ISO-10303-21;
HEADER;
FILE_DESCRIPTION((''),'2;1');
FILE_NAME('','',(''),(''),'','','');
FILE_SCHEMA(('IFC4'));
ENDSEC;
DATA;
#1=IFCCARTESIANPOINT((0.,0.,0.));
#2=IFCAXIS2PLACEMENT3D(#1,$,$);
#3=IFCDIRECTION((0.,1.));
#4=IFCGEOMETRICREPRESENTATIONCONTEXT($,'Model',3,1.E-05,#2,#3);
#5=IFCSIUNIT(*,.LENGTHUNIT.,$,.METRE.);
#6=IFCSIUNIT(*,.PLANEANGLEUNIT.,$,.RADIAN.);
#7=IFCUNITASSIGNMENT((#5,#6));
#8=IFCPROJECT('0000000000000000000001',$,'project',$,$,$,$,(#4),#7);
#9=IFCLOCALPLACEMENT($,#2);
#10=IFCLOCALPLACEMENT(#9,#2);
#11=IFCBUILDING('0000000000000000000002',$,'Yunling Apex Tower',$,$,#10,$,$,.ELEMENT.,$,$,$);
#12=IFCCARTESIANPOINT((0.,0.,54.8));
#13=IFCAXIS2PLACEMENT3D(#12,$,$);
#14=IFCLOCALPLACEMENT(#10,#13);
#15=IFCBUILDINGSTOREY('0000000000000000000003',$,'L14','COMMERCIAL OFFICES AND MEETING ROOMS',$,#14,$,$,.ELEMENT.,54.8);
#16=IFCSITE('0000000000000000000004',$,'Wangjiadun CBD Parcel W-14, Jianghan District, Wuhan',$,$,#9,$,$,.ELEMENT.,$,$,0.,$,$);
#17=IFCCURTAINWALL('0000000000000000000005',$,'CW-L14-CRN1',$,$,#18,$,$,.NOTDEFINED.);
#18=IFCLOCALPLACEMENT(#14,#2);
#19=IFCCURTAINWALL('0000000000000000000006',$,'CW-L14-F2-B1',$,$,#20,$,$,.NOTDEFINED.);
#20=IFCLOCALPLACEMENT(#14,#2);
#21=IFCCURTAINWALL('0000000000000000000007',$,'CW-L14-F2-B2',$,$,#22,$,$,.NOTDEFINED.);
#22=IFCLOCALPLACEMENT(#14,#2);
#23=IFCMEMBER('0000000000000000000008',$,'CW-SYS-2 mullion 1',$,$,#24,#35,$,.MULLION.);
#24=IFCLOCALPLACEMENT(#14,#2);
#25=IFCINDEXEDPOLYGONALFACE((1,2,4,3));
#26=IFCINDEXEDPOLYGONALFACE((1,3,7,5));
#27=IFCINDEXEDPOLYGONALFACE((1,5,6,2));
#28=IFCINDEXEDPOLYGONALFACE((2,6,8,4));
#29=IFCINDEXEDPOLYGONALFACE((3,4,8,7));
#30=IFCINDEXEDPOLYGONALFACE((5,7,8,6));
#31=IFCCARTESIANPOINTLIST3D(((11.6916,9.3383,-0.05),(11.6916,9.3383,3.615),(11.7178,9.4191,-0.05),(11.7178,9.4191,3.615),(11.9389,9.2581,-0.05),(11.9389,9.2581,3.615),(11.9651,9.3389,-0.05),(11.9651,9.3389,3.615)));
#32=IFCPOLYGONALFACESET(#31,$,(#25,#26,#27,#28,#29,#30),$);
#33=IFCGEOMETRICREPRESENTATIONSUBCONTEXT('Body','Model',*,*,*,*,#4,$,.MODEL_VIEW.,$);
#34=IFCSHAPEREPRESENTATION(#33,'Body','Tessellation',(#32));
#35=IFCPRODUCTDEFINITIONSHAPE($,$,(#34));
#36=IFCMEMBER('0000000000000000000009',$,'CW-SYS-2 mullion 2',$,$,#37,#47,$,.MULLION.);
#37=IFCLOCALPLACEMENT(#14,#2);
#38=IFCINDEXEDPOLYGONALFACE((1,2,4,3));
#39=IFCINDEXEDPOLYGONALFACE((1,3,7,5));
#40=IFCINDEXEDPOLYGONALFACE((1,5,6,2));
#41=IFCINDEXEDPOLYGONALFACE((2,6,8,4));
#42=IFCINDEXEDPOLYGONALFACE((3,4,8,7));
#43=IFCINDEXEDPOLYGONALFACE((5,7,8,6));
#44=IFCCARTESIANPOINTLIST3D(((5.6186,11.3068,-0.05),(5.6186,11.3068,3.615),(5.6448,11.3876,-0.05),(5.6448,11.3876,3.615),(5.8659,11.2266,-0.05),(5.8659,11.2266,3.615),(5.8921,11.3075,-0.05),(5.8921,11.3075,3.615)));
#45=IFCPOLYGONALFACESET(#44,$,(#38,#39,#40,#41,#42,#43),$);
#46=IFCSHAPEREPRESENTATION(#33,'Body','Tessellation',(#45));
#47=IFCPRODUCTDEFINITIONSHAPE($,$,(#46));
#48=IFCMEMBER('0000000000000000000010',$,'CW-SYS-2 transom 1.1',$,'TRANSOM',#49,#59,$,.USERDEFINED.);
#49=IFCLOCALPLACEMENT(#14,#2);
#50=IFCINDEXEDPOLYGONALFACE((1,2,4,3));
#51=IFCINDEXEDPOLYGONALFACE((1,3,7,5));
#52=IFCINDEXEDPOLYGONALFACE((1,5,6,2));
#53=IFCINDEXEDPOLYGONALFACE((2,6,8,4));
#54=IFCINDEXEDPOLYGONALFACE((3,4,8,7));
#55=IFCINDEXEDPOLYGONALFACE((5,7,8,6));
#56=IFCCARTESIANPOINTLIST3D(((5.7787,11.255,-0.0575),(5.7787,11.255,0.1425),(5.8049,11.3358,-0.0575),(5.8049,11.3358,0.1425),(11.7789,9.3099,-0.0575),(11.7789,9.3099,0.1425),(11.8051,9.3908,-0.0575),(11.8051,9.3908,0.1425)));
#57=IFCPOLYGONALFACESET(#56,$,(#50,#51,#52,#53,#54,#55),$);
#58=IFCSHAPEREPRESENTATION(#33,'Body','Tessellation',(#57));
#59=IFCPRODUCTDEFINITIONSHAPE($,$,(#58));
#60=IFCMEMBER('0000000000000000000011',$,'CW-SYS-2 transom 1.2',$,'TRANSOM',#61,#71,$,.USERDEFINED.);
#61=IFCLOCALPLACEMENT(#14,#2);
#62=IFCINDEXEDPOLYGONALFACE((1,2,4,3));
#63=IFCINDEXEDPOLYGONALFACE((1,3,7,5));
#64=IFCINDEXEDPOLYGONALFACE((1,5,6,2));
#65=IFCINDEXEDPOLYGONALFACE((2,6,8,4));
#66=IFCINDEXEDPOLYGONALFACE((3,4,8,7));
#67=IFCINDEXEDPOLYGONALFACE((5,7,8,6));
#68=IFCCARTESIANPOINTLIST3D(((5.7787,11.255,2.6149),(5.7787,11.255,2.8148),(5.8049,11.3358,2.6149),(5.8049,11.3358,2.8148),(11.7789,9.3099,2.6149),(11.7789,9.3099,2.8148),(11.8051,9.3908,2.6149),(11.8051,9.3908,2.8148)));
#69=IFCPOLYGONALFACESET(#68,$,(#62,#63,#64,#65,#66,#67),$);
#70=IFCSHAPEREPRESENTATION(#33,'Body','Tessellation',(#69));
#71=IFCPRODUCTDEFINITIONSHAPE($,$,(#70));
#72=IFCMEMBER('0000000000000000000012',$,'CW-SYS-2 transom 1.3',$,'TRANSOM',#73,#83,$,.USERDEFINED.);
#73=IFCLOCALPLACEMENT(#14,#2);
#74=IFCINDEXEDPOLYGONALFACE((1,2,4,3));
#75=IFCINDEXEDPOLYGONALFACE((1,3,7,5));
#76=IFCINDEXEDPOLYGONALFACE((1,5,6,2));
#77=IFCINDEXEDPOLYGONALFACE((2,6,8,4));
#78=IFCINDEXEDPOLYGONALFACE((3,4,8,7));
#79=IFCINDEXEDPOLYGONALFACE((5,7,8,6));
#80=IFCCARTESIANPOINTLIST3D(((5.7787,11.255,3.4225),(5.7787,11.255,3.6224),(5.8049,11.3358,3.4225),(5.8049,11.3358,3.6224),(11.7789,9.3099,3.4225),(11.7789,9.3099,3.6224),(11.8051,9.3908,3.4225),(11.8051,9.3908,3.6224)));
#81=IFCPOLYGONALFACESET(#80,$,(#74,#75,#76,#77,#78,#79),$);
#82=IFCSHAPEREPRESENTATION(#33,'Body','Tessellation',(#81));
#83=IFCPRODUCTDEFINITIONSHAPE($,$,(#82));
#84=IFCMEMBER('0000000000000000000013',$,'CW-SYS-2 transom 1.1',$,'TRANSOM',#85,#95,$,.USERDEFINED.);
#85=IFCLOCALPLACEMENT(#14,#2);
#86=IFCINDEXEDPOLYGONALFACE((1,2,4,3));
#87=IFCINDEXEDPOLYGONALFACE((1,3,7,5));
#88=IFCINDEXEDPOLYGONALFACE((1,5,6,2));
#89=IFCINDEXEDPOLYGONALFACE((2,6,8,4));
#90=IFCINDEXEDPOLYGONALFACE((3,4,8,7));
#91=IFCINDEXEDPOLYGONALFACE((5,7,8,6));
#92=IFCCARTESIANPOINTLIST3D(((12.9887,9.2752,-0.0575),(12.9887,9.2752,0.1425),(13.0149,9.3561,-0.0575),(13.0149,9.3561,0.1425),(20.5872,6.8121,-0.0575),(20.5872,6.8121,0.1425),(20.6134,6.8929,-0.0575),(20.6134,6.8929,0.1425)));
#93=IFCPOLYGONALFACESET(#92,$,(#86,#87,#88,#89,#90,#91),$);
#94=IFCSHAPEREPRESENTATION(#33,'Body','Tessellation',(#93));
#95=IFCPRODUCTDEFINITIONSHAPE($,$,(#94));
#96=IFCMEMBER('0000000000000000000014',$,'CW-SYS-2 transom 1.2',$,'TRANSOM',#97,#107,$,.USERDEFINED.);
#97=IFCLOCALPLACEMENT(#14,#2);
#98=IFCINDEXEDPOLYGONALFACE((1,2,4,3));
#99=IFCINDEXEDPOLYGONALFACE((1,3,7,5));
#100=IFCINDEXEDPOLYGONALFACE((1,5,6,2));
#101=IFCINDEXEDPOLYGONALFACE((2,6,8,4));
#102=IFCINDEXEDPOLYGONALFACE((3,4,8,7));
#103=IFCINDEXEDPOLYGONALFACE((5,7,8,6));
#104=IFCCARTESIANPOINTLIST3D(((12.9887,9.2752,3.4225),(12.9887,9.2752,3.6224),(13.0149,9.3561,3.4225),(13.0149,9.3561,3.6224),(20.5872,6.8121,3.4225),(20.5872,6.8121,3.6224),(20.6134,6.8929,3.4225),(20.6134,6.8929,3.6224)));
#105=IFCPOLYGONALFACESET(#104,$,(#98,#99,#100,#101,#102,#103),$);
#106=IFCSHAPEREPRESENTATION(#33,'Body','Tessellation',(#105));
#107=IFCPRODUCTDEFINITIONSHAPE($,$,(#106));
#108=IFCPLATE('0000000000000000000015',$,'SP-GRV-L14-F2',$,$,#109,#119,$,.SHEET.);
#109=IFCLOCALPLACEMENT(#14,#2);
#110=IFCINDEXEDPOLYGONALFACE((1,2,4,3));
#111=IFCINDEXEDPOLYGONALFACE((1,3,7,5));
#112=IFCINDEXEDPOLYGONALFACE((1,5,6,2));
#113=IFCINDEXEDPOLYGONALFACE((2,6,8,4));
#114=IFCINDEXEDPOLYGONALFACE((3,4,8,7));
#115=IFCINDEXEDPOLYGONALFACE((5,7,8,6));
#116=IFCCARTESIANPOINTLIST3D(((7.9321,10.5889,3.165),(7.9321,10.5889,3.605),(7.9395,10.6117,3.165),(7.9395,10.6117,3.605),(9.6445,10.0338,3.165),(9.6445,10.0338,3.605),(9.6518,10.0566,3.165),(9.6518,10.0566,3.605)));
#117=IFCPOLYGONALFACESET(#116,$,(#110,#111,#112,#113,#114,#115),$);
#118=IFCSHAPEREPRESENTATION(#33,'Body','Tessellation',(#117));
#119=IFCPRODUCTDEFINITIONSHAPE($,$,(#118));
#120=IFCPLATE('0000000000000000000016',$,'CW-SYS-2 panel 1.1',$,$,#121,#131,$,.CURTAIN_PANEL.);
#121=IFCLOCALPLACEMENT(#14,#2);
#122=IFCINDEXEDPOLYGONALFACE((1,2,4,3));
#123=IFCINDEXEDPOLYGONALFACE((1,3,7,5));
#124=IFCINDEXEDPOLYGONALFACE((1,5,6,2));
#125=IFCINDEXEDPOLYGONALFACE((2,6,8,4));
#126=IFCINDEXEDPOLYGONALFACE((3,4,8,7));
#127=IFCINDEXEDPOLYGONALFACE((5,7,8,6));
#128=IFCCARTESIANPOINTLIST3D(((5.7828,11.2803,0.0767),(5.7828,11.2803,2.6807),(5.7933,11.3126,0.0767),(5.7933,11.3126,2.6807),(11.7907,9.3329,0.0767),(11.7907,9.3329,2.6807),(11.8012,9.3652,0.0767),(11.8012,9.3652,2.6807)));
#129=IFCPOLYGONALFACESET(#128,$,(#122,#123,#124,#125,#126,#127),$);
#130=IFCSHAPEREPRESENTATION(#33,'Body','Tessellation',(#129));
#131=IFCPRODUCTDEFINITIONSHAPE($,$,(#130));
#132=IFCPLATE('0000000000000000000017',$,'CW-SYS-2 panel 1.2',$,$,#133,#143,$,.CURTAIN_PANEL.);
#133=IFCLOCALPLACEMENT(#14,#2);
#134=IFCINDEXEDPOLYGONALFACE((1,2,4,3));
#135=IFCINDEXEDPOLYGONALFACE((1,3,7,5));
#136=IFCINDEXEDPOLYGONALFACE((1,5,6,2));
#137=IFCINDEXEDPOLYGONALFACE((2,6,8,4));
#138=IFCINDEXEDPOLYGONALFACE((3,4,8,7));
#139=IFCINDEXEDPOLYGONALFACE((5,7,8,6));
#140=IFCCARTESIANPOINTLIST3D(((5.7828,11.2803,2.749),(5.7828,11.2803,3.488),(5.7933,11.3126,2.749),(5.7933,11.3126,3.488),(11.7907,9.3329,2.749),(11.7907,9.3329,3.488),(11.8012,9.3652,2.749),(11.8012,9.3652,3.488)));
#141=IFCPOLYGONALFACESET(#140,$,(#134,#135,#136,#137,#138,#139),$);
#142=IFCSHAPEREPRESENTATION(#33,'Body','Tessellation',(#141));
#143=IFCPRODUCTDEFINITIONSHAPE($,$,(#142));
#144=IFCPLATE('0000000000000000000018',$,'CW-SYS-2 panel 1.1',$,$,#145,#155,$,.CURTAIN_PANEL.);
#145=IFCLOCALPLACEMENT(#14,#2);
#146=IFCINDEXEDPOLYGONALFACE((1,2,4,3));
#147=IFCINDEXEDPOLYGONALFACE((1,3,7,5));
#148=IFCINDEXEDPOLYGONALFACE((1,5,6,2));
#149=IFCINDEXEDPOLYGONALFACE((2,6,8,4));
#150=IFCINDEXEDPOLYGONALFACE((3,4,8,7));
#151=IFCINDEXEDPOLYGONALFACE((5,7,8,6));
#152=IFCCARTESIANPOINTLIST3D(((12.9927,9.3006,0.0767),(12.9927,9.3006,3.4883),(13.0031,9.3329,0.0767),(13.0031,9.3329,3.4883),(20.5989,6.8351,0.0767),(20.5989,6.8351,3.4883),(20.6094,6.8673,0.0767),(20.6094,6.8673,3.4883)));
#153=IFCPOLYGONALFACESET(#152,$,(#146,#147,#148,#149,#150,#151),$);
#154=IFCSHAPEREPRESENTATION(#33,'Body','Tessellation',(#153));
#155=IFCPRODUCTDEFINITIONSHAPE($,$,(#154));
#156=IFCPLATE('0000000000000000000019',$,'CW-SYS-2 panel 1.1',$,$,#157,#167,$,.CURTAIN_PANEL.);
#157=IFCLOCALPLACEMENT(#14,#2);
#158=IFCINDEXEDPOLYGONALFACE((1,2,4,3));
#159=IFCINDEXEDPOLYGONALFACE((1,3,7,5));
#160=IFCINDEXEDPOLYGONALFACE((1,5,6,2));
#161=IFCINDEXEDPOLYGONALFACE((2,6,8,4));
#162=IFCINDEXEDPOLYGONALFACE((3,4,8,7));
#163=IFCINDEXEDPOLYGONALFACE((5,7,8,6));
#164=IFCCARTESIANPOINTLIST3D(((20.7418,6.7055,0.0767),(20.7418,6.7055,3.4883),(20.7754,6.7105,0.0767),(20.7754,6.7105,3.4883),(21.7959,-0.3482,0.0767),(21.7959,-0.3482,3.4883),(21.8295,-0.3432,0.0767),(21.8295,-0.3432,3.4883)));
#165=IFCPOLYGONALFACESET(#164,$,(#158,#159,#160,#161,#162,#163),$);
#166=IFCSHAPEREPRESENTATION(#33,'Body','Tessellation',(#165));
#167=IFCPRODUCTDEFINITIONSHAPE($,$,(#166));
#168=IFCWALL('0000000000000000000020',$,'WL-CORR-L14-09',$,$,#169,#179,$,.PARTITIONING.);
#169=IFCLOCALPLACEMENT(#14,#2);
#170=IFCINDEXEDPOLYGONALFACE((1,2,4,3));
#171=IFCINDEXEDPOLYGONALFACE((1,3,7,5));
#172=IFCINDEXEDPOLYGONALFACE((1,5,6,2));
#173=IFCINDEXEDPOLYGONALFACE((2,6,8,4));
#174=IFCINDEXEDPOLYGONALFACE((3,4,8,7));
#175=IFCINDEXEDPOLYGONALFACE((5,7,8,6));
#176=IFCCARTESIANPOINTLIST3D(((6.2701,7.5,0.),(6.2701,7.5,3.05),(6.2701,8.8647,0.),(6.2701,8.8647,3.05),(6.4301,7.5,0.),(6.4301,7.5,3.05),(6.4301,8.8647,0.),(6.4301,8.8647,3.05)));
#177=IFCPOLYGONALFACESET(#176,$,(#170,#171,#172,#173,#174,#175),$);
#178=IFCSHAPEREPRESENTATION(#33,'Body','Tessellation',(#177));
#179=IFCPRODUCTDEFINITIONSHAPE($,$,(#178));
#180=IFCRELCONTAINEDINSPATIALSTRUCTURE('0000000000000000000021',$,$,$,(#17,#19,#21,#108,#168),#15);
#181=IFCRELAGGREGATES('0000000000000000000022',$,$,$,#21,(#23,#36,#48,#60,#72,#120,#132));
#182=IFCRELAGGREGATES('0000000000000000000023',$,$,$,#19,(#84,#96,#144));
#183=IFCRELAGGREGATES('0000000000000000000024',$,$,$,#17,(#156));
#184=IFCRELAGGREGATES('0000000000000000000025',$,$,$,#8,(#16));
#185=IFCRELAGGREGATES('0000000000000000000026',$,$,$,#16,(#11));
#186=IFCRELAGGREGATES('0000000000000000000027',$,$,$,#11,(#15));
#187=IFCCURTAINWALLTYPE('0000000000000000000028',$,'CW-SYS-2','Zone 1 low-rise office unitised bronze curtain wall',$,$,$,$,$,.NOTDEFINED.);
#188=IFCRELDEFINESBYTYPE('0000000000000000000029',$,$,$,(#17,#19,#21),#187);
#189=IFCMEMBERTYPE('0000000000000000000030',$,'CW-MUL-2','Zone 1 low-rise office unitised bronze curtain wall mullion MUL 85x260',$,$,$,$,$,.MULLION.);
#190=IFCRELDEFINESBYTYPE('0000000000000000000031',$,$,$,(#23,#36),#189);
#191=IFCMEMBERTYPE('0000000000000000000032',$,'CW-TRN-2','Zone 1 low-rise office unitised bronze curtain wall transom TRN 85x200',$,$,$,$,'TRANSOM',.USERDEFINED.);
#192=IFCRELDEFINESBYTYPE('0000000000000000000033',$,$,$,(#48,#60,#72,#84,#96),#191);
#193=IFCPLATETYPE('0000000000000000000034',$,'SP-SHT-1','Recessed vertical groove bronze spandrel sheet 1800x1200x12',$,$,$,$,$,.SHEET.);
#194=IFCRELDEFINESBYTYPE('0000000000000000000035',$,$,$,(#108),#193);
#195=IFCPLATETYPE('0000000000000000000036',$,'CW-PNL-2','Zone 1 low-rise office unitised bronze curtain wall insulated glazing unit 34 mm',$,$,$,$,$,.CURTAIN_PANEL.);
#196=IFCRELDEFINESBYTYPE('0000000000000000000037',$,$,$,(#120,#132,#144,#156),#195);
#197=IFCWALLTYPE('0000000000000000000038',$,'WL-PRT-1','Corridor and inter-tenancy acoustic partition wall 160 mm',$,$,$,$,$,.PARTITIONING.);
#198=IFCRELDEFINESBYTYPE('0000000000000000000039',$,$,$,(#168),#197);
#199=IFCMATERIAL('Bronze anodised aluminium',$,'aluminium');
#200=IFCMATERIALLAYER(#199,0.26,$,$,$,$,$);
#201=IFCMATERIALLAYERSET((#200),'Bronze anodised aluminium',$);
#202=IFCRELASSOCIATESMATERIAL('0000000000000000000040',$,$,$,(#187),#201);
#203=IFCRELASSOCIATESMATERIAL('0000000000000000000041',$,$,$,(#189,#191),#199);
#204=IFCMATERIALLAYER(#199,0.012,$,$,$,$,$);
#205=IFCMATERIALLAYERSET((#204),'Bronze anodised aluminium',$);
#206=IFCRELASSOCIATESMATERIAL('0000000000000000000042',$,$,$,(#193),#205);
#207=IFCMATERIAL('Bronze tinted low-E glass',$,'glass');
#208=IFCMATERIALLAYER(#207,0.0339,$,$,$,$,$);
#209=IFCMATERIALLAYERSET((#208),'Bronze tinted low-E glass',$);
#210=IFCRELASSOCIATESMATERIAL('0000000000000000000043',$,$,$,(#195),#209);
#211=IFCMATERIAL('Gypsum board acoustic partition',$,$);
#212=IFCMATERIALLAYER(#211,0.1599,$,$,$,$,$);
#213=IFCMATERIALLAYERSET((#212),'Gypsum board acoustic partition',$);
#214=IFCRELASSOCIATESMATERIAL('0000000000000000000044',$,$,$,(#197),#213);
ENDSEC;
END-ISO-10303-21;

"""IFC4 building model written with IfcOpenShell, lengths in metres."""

from ifc_helpers import new_model, si_unit, direction, frame, frame_2d, origin, origin_2d, place, context, subcontext, project, spatial, rectangle, extrude, source, transform, mapped, material, layer, layer_set, material_profile, profile_set, type_object, element, aggregate, save


model = new_model("IFC4")

# Units and contexts
model_context = context("Model", 3, precision=1e-05, world=origin(), true_north=direction((0.0, 1.0)))
body_context = subcontext(model_context, "Body", "Model", "MODEL_VIEW")
ifc_project = project(units=[si_unit("LENGTHUNIT", "METRE"), si_unit("PLANEANGLEUNIT", "RADIAN")], contexts=[model_context])

# Site, building, storey
site_placement = place(None, origin())
site = spatial("IfcSite", under=ifc_project, at=site_placement, Name="Wangjiadun CBD Parcel W-14, Jianghan District, Wuhan", CompositionType="ELEMENT", RefElevation=0.0)
building_placement = place(site_placement, origin())
building = spatial("IfcBuilding", under=site, at=building_placement, Name="Yunling Apex Tower", CompositionType="ELEMENT")
storey_placement = place(building_placement, frame((0.0, 0.0, 54.8)))
storey = spatial("IfcBuildingStorey", under=building, at=storey_placement, Name="L14", Description="COMMERCIAL OFFICES AND MEETING ROOMS", CompositionType="ELEMENT", Elevation=54.8)

# Curtain wall
ifc_material_1 = material(Name="Bronze anodised aluminium", Category="aluminium")
ifc_layer_1 = layer(ifc_material_1, 0.26)
ifc_layer_set_1 = layer_set([ifc_layer_1], Name="Bronze anodised aluminium")
curtain_wall_type = type_object("IfcCurtainWallType", Name="CW-SYS-2", Description="Zone 1 low-rise office unitised bronze curtain wall", PredefinedType="NOTDEFINED", material=ifc_layer_set_1)
curtain_wall_1_placement = place(storey_placement, origin())
curtain_wall_1 = element("IfcCurtainWall", 1, at=curtain_wall_1_placement, inside=storey, type_object=curtain_wall_type, Name="CW-L14-CRN1", PredefinedType="NOTDEFINED")
ifc_material_profile_1 = material_profile(ifc_material_1, rectangle(XDim=0.085, YDim=0.26, at=origin_2d()))
ifc_profile_set_1 = profile_set([ifc_material_profile_1], Name="Bronze anodised aluminium")
member_type_1 = type_object("IfcMemberType", Name="CW-MUL-2", Description="Zone 1 low-rise office unitised bronze curtain wall mullion MUL 85x260", PredefinedType="MULLION", material=ifc_profile_set_1)
shared_shape_1 = source(origin(), body_context, "Body", "SweptSolid", [
    extrude(rectangle(XDim=0.085, YDim=0.26, at=origin_2d()), origin(), (0.0, 0.0, 1.0), 3.665),
])

# Curtain walls, members
curtain_wall_2_placement = place(storey_placement, origin())
curtain_wall_2 = element("IfcCurtainWall", 2, at=curtain_wall_2_placement, inside=storey, type_object=curtain_wall_type, Name="CW-L14-F2-B1", PredefinedType="NOTDEFINED")
curtain_wall_3_placement = place(storey_placement, origin())
curtain_wall_3 = element("IfcCurtainWall", 3, at=curtain_wall_3_placement, inside=storey, type_object=curtain_wall_type, Name="CW-L14-F2-B2", PredefinedType="NOTDEFINED")
member_1_placement = place(storey_placement, frame((11.8284, 9.3386, -0.05), z_axis=(0.0, 0.0, 1.0), x_axis=(-0.308352, -0.951272, 0.0)))
member_1 = element("IfcMember", 4, at=member_1_placement, type_object=member_type_1, Name="CW-SYS-2 mullion 1", PredefinedType="MULLION", context=body_context, shape_type="MappedRepresentation", body=[
    mapped(shared_shape_1, transform((0.0, 0.0, 0.0), scale=1.0)),
])
member_2_placement = place(storey_placement, frame((5.7554, 11.3071, -0.05), z_axis=(0.0, 0.0, 1.0), x_axis=(-0.308352, -0.951272, 0.0)))
member_2 = element("IfcMember", 5, at=member_2_placement, type_object=member_type_1, Name="CW-SYS-2 mullion 2", PredefinedType="MULLION", context=body_context, shape_type="MappedRepresentation", body=[
    mapped(shared_shape_1, transform((0.0, 0.0, 0.0), scale=1.0)),
])
ifc_material_profile_2 = material_profile(ifc_material_1, rectangle(XDim=0.085, YDim=0.2, at=origin_2d()))
ifc_profile_set_2 = profile_set([ifc_material_profile_2], Name="Bronze anodised aluminium")
member_type_2 = type_object("IfcMemberType", Name="CW-TRN-2", Description="Zone 1 low-rise office unitised bronze curtain wall transom TRN 85x200", ElementType="TRANSOM", PredefinedType="USERDEFINED", material=ifc_profile_set_2)
shared_shape_2 = source(origin(), body_context, "Body", "SweptSolid", [
    extrude(rectangle(XDim=0.085, YDim=0.2, at=origin_2d()), origin(), (0.0, 0.0, 1.0), 6.3076),
])
member_3_placement = place(storey_placement, frame((11.792, 9.3503, 0.0425), z_axis=(-0.951267, 0.308367, 0.0), x_axis=(-0.308367, -0.951267, 0.0)))
member_3 = element("IfcMember", 6, at=member_3_placement, type_object=member_type_2, Name="CW-SYS-2 transom 1.1", ObjectType="TRANSOM", PredefinedType="USERDEFINED", context=body_context, shape_type="MappedRepresentation", body=[
    mapped(shared_shape_2, transform((0.0, 0.0, 0.0), scale=1.0)),
])
member_4_placement = place(storey_placement, frame((11.792, 9.3503, 2.7148), z_axis=(-0.951267, 0.308367, 0.0), x_axis=(-0.308367, -0.951267, 0.0)))
member_4 = element("IfcMember", 7, at=member_4_placement, type_object=member_type_2, Name="CW-SYS-2 transom 1.2", ObjectType="TRANSOM", PredefinedType="USERDEFINED", context=body_context, shape_type="MappedRepresentation", body=[
    mapped(shared_shape_2, transform((0.0, 0.0, 0.0), scale=1.0)),
])
member_5_placement = place(storey_placement, frame((11.792, 9.3503, 3.5225), z_axis=(-0.951267, 0.308367, 0.0), x_axis=(-0.308367, -0.951267, 0.0)))
member_5 = element("IfcMember", 8, at=member_5_placement, type_object=member_type_2, Name="CW-SYS-2 transom 1.3", ObjectType="TRANSOM", PredefinedType="USERDEFINED", context=body_context, shape_type="MappedRepresentation", body=[
    mapped(shared_shape_2, transform((0.0, 0.0, 0.0), scale=1.0)),
])

# Members
shared_shape_3 = source(origin(), body_context, "Body", "SweptSolid", [
    extrude(rectangle(XDim=0.085, YDim=0.2, at=origin_2d()), origin(), (0.0, 0.0, 1.0), 7.9878),
])
member_6_placement = place(storey_placement, frame((20.6003, 6.8525, 0.0425), z_axis=(-0.95127, 0.308359, 0.0), x_axis=(-0.308359, -0.95127, 0.0)))
member_6 = element("IfcMember", 9, at=member_6_placement, type_object=member_type_2, Name="CW-SYS-2 transom 1.1", ObjectType="TRANSOM", PredefinedType="USERDEFINED", context=body_context, shape_type="MappedRepresentation", body=[
    mapped(shared_shape_3, transform((0.0, 0.0, 0.0), scale=1.0)),
])
member_7_placement = place(storey_placement, frame((20.6003, 6.8525, 3.5225), z_axis=(-0.95127, 0.308359, 0.0), x_axis=(-0.308359, -0.95127, 0.0)))
member_7 = element("IfcMember", 10, at=member_7_placement, type_object=member_type_2, Name="CW-SYS-2 transom 1.2", ObjectType="TRANSOM", PredefinedType="USERDEFINED", context=body_context, shape_type="MappedRepresentation", body=[
    mapped(shared_shape_3, transform((0.0, 0.0, 0.0), scale=1.0)),
])

# Plates
ifc_layer_2 = layer(ifc_material_1, 0.012)
ifc_layer_set_2 = layer_set([ifc_layer_2], Name="Bronze anodised aluminium")
plate_type_1 = type_object("IfcPlateType", Name="SP-SHT-1", Description="Recessed vertical groove bronze spandrel sheet 1800x1200x12", PredefinedType="SHEET", material=ifc_layer_set_2)
shared_shape_4 = source(origin(), body_context, "Body", "SweptSolid", [
    extrude(rectangle(XDim=1.8, YDim=0.0239, at=origin_2d()), origin(), (0.0, 0.0, 1.0), 0.4399),
])
plate_1_placement = place(storey_placement, frame((8.792, 10.3228, 3.165), z_axis=(0.0, 0.0, 1.0), x_axis=(-0.951272, 0.308353, 0.0)))
element("IfcPlate", 11, at=plate_1_placement, inside=storey, type_object=plate_type_1, Name="SP-GRV-L14-F2", PredefinedType="SHEET", context=body_context, shape_type="MappedRepresentation", body=[
    mapped(shared_shape_4, transform((0.0, 0.0, 0.0), scale=1.0)),
])
ifc_material_2 = material(Name="Bronze tinted low-E glass", Category="glass")
ifc_layer_3 = layer(ifc_material_2, 0.0339)
ifc_layer_set_3 = layer_set([ifc_layer_3], Name="Bronze tinted low-E glass")
plate_type_2 = type_object("IfcPlateType", Name="CW-PNL-2", Description="Zone 1 low-rise office unitised bronze curtain wall insulated glazing unit 34 mm", PredefinedType="CURTAIN_PANEL", material=ifc_layer_set_3)
shared_shape_5 = source(origin(), body_context, "Body", "SweptSolid", [
    extrude(rectangle(XDim=6.3157, YDim=0.0339, at=origin_2d()), origin(), (0.0, 0.0, 1.0), 2.604),
])
plate_2_placement = place(storey_placement, frame((8.792, 10.3228, 0.0767), z_axis=(0.0, 0.0, 1.0), x_axis=(-0.951272, 0.308352, 0.0)))
plate_2 = element("IfcPlate", 12, at=plate_2_placement, type_object=plate_type_2, Name="CW-SYS-2 panel 1.1", PredefinedType="CURTAIN_PANEL", context=body_context, shape_type="MappedRepresentation", body=[
    mapped(shared_shape_5, transform((0.0, 0.0, 0.0), scale=1.0)),
])
shared_shape_6 = source(origin(), body_context, "Body", "SweptSolid", [
    extrude(rectangle(XDim=6.3157, YDim=0.0339, at=origin_2d()), origin(), (0.0, 0.0, 1.0), 0.739),
])
plate_3_placement = place(storey_placement, frame((8.792, 10.3228, 2.749), z_axis=(0.0, 0.0, 1.0), x_axis=(-0.951272, 0.308352, 0.0)))
plate_3 = element("IfcPlate", 13, at=plate_3_placement, type_object=plate_type_2, Name="CW-SYS-2 panel 1.2", PredefinedType="CURTAIN_PANEL", context=body_context, shape_type="MappedRepresentation", body=[
    mapped(shared_shape_6, transform((0.0, 0.0, 0.0), scale=1.0)),
])
aggregate(curtain_wall_3, [member_1, member_2, member_3, member_4, member_5, plate_2, plate_3])
shared_shape_7 = source(origin(), body_context, "Body", "SweptSolid", [
    extrude(rectangle(XDim=7.9958, YDim=0.0339, at=origin_2d()), origin(), (0.0, 0.0, 1.0), 3.4116),
])
plate_4_placement = place(storey_placement, frame((16.801, 8.084, 0.0767), z_axis=(0.0, 0.0, 1.0), x_axis=(-0.951271, 0.308357, 0.0)))
plate_4 = element("IfcPlate", 14, at=plate_4_placement, type_object=plate_type_2, Name="CW-SYS-2 panel 1.1", PredefinedType="CURTAIN_PANEL", context=body_context, shape_type="MappedRepresentation", body=[
    mapped(shared_shape_7, transform((0.0, 0.0, 0.0), scale=1.0)),
])
aggregate(curtain_wall_2, [member_6, member_7, plate_4])
shared_shape_8 = source(origin(), body_context, "Body", "SweptSolid", [
    extrude(rectangle(XDim=7.1321, YDim=0.0339, at=origin_2d()), origin(), (0.0, 0.0, 1.0), 3.4116),
])
plate_5_placement = place(storey_placement, frame((21.2856, 3.1812, 0.0767), z_axis=(0.0, 0.0, 1.0), x_axis=(-0.147798, 0.989018, 0.0)))
plate_5 = element("IfcPlate", 15, at=plate_5_placement, type_object=plate_type_2, Name="CW-SYS-2 panel 1.1", PredefinedType="CURTAIN_PANEL", context=body_context, shape_type="MappedRepresentation", body=[
    mapped(shared_shape_8, transform((0.0, 0.0, 0.0), scale=1.0)),
])
aggregate(curtain_wall_1, [plate_5])

# Wall
ifc_material_3 = material(Name="Gypsum board acoustic partition")
ifc_layer_4 = layer(ifc_material_3, 0.1599)
ifc_layer_set_4 = layer_set([ifc_layer_4], Name="Gypsum board acoustic partition")
wall_type_1 = type_object("IfcWallType", Name="WL-PRT-1", Description="Corridor and inter-tenancy acoustic partition wall 160 mm", PredefinedType="PARTITIONING", material=ifc_layer_set_4)
wall_1_placement = place(storey_placement, frame((6.3501, 7.5, 0.0), z_axis=(0.0, 0.0, 1.0), x_axis=(0.0, 1.0, 0.0)))
element("IfcWall", 16, at=wall_1_placement, inside=storey, type_object=wall_type_1, Name="WL-CORR-L14-09", PredefinedType="PARTITIONING", context=body_context, shape_type="SweptSolid", body=[
    extrude(rectangle(XDim=1.3647, YDim=0.1599, at=frame_2d((0.6824, 0.0))), origin(), (0.0, 0.0, 1.0), 3.05),
])

save(model, "model.ifc")
